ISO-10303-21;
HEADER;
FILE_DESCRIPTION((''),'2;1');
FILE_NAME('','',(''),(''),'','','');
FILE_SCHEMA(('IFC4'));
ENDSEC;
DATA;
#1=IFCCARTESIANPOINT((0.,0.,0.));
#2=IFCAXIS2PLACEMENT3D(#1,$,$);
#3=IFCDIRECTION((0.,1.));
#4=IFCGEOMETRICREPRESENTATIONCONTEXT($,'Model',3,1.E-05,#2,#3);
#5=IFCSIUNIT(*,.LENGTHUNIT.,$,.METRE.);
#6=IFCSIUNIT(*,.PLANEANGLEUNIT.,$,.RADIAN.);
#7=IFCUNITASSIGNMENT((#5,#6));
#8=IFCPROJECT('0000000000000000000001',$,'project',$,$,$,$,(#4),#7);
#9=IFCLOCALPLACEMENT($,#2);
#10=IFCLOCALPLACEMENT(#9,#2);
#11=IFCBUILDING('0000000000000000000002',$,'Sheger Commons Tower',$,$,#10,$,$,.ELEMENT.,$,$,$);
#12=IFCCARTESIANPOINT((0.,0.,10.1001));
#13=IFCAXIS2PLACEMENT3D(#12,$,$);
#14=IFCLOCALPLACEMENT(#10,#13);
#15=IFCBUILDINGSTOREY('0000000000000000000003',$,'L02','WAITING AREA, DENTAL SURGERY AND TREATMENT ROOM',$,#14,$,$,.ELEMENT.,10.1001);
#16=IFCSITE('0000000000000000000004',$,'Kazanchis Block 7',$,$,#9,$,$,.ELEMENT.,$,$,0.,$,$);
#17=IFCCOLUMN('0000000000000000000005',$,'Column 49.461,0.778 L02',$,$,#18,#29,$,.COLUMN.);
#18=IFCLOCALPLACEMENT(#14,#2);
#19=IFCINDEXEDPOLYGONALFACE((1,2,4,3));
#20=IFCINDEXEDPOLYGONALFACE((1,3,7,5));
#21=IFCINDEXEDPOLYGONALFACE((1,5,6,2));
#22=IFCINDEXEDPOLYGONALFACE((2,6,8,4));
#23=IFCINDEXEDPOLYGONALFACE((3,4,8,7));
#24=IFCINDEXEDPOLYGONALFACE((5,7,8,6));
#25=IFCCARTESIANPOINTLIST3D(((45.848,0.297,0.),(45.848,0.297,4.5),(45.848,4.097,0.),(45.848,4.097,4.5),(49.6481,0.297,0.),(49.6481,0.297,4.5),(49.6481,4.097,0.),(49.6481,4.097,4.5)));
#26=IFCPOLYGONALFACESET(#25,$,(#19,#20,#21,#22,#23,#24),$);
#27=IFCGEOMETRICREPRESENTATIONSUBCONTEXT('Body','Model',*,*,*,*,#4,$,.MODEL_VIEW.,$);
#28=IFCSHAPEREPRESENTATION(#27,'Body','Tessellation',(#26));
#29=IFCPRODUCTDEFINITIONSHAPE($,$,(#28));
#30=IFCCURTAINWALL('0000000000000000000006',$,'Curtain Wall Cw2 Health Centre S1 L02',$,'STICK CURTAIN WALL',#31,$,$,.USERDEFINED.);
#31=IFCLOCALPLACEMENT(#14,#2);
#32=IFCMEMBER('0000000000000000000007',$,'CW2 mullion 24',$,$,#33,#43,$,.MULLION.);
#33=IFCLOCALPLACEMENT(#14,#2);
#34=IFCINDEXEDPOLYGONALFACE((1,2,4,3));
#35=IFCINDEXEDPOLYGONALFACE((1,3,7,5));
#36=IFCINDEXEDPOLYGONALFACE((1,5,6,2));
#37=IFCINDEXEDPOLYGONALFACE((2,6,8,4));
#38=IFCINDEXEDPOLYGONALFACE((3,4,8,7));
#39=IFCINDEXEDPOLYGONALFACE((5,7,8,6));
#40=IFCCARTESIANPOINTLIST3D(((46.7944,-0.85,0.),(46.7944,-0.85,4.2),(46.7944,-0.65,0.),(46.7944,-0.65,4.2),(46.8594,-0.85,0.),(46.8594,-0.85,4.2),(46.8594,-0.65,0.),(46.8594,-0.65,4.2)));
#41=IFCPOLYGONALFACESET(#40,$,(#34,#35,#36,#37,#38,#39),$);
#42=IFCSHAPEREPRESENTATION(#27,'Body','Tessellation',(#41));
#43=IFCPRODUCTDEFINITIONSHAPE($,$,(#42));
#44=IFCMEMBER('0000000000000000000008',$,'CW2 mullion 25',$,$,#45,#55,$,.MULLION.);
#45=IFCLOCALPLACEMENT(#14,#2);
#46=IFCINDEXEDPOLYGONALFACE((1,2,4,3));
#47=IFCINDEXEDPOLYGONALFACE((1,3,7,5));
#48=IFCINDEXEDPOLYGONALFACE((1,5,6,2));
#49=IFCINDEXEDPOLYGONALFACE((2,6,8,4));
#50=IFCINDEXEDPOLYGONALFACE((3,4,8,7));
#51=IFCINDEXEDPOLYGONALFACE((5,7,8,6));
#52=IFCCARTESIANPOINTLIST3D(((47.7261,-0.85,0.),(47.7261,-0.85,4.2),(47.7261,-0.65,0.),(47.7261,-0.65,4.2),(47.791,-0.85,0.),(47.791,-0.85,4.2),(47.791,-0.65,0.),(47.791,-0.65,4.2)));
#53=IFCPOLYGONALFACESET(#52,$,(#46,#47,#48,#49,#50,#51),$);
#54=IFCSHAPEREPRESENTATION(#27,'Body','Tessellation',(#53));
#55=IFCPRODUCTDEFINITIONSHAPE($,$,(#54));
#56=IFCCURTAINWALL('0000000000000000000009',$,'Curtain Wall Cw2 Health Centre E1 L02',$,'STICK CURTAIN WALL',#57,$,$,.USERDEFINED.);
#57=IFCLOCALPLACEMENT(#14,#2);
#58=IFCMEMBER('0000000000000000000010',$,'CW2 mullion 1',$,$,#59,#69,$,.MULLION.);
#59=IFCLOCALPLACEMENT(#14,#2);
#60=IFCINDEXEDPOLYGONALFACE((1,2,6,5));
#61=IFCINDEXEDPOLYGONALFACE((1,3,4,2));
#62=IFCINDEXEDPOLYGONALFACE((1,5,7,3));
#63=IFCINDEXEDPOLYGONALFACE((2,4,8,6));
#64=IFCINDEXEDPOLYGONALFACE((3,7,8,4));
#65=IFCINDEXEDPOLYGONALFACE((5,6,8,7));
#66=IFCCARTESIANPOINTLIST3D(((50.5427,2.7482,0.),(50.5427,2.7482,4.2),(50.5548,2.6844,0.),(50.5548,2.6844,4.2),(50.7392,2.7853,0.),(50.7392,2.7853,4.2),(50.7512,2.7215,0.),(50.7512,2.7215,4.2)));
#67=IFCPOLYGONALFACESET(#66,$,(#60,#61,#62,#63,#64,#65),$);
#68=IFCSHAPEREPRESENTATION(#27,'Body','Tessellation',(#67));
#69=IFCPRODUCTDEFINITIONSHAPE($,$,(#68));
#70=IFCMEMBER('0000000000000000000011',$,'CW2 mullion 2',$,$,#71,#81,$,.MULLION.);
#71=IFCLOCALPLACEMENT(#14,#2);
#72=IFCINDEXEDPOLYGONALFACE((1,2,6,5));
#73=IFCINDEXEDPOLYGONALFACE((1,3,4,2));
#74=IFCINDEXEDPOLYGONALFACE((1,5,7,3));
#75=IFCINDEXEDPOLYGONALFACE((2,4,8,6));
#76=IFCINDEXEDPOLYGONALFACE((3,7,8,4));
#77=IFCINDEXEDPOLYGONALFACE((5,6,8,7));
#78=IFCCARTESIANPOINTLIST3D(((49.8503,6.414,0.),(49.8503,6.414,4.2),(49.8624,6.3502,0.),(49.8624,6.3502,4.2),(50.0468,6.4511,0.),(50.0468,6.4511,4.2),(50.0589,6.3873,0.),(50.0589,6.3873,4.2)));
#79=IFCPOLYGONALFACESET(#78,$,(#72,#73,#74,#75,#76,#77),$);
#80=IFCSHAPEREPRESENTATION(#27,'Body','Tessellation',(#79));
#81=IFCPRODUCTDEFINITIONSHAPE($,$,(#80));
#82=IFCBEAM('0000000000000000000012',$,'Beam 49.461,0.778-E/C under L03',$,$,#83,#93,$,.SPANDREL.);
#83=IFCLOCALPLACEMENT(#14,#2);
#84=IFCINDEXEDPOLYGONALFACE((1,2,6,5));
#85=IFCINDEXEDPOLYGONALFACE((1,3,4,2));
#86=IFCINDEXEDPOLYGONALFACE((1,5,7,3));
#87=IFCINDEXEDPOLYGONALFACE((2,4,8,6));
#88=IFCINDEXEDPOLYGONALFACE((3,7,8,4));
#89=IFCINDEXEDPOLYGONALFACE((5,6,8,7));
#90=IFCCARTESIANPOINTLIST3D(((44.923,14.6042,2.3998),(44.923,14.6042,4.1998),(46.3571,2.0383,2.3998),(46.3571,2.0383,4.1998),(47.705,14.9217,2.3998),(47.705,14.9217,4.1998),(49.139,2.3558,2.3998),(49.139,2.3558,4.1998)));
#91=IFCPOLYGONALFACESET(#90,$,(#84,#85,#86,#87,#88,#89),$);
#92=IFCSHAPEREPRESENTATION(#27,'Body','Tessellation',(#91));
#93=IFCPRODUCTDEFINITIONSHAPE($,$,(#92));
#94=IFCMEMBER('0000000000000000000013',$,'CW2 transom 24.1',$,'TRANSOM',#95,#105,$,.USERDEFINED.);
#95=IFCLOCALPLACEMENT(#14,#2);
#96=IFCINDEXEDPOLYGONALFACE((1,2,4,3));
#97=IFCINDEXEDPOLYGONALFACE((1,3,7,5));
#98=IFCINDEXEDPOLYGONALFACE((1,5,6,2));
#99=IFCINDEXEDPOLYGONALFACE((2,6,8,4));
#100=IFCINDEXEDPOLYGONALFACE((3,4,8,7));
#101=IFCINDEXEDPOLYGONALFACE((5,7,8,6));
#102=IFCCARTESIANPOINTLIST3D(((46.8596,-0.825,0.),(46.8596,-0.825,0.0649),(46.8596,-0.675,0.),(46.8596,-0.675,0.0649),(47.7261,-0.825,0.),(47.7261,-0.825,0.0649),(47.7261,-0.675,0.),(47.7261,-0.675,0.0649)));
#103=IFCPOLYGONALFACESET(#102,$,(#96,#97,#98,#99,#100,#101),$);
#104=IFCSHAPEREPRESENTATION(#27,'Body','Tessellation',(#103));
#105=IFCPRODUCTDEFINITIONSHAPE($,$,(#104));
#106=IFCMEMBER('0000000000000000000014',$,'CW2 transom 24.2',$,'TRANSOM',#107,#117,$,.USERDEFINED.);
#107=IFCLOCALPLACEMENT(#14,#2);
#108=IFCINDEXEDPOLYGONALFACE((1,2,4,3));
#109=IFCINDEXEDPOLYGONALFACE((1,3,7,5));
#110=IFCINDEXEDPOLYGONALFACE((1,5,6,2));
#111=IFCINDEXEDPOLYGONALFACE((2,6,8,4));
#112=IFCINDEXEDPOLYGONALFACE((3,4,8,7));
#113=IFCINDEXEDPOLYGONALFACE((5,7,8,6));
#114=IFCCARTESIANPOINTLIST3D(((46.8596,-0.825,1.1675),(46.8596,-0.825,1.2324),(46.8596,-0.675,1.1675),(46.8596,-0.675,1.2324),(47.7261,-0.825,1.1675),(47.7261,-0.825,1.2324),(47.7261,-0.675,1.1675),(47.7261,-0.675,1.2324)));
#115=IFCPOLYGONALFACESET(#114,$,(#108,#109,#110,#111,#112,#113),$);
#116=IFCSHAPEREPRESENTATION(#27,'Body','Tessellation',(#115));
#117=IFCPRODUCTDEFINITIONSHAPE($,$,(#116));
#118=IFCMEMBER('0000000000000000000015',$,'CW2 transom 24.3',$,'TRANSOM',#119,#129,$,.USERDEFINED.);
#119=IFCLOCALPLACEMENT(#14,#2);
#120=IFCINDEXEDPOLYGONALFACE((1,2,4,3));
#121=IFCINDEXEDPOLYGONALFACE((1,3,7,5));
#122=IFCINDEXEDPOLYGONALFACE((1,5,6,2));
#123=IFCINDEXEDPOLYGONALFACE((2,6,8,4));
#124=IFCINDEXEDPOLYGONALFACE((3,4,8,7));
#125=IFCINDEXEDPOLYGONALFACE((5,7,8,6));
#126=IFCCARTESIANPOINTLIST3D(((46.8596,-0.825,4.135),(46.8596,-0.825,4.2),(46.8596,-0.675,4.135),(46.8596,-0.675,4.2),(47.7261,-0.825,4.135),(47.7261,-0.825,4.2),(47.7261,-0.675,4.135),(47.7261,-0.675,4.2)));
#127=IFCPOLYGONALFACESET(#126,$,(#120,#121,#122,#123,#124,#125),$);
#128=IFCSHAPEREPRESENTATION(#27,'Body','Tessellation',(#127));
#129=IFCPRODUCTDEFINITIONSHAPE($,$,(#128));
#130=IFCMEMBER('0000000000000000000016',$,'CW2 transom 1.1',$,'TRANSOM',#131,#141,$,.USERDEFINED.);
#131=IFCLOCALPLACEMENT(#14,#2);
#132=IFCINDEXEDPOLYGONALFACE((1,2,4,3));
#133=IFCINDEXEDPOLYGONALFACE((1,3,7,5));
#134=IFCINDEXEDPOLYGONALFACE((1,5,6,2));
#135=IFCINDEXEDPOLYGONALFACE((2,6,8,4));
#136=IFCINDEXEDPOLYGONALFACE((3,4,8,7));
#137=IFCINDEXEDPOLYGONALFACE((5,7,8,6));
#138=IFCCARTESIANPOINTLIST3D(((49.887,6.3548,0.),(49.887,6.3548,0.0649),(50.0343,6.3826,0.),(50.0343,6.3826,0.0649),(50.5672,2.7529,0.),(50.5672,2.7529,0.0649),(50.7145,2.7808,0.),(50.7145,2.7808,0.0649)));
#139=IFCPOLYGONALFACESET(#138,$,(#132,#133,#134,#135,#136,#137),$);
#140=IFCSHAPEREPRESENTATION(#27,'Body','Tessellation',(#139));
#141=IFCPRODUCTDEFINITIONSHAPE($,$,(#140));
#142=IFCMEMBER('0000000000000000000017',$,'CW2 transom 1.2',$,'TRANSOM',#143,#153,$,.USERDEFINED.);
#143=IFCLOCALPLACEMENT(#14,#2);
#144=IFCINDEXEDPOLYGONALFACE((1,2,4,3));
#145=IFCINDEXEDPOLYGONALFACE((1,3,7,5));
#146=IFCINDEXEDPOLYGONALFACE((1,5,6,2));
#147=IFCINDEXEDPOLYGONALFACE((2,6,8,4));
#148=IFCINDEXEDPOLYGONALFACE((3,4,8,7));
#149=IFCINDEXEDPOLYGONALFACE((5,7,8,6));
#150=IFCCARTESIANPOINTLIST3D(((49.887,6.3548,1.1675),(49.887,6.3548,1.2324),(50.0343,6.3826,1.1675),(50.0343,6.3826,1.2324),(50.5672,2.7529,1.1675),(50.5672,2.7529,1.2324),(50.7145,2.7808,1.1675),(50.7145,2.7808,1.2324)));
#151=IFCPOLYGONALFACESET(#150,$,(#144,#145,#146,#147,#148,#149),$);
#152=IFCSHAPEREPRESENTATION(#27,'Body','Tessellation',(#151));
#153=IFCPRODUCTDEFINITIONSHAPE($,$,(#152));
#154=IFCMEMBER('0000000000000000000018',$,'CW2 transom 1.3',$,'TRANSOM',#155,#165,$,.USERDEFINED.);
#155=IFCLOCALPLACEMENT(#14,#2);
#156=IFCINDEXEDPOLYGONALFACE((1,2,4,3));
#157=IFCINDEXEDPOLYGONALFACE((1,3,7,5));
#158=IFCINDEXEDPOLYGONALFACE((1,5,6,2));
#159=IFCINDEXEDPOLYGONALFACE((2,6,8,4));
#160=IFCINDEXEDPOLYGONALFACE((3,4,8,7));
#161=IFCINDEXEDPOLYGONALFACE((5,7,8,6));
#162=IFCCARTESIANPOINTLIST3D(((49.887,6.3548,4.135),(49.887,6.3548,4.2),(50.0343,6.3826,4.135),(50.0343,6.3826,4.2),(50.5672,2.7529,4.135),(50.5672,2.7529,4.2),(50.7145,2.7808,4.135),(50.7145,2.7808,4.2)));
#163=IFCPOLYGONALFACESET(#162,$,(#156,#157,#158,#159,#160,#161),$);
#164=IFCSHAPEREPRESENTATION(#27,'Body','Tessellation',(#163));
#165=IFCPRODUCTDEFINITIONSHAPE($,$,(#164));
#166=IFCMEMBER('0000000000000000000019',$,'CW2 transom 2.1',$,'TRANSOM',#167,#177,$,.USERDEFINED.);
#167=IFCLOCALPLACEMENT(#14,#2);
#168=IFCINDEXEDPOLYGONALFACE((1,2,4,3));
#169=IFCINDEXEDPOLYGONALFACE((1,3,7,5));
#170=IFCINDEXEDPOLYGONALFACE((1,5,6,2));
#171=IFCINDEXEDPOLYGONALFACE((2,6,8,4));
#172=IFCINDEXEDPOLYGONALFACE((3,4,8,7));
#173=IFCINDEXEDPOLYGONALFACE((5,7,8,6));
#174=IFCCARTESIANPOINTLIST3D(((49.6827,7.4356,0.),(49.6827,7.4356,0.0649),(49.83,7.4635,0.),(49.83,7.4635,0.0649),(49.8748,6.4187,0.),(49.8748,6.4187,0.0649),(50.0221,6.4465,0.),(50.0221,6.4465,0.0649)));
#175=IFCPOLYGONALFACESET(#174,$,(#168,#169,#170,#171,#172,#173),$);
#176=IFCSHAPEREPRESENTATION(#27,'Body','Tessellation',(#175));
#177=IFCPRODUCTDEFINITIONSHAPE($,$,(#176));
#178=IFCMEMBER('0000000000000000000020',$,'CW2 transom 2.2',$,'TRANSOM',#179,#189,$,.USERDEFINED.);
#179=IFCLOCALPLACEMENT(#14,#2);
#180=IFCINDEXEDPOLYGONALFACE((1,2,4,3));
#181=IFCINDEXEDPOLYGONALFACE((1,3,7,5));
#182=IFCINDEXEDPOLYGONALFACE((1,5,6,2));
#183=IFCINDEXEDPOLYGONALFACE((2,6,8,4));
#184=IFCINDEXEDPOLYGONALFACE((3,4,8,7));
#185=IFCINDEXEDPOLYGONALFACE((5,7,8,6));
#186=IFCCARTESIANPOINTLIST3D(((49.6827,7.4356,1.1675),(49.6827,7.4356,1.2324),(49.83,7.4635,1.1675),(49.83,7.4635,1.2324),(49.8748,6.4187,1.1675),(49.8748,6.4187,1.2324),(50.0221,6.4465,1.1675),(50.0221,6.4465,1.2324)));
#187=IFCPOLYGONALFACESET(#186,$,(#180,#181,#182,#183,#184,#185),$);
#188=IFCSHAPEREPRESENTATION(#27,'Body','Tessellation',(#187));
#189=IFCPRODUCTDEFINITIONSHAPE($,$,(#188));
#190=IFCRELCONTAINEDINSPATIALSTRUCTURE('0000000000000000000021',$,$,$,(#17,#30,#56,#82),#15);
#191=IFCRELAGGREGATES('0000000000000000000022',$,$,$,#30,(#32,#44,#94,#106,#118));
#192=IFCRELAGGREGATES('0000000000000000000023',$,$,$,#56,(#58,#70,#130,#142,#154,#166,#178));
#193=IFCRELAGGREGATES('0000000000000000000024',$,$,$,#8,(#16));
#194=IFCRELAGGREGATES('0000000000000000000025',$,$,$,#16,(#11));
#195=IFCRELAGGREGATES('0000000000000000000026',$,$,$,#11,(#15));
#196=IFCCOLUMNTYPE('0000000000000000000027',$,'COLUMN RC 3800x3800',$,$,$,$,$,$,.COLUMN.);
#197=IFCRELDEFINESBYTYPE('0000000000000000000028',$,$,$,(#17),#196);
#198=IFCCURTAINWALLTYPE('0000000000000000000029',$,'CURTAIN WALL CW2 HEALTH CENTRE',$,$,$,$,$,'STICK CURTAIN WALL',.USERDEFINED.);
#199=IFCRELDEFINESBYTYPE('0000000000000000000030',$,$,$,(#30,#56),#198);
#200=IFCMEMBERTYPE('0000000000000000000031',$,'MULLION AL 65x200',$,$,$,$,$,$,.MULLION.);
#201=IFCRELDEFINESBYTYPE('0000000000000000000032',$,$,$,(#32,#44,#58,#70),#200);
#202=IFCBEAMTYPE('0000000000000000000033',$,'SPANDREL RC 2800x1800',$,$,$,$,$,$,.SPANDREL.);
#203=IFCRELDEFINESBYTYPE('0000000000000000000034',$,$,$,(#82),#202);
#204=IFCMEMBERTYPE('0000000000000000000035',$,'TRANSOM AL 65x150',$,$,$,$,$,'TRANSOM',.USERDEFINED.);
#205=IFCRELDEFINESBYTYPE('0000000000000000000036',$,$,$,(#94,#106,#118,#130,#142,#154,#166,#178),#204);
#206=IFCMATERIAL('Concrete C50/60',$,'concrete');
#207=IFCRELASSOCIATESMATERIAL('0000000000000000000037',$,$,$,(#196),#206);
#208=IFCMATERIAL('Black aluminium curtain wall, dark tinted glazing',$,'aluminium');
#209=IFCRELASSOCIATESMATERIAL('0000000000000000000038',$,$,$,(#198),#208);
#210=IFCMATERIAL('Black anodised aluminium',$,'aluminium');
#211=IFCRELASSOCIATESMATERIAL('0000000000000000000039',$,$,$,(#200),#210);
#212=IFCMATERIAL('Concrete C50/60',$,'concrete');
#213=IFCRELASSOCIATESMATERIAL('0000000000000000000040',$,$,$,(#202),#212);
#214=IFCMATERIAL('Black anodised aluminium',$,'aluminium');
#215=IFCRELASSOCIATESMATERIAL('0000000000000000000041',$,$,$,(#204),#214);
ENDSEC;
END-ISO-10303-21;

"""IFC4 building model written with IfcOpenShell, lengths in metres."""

from ifc_helpers import new_model, si_unit, direction, frame, origin, origin_2d, place, context, subcontext, project, spatial, rectangle, extrude, material, material_profile, profile_set, type_object, element, aggregate, save


model = new_model("IFC4")

# Units and contexts
model_context = context("Model", 3, precision=1e-05, world=origin(), true_north=direction((0.0, 1.0)))
body_context = subcontext(model_context, "Body", "Model", "MODEL_VIEW")
ifc_project = project(units=[si_unit("LENGTHUNIT", "METRE"), si_unit("PLANEANGLEUNIT", "RADIAN")], contexts=[model_context])

# Site, building, storey
site_placement = place(None, origin())
site = spatial("IfcSite", under=ifc_project, at=site_placement, Name="Kazanchis Block 7", CompositionType="ELEMENT", RefElevation=0.0)
building_placement = place(site_placement, origin())
building = spatial("IfcBuilding", under=site, at=building_placement, Name="Sheger Commons Tower", CompositionType="ELEMENT")
storey_placement = place(building_placement, frame((0.0, 0.0, 10.1001)))
storey = spatial("IfcBuildingStorey", under=building, at=storey_placement, Name="L02", Description="WAITING AREA, DENTAL SURGERY AND TREATMENT ROOM", CompositionType="ELEMENT", Elevation=10.1001)

# Column
ifc_material_1 = material(Name="Concrete C50/60", Category="concrete")
ifc_material_profile_1 = material_profile(ifc_material_1, rectangle(XDim=3.8, YDim=3.8, at=origin_2d()), Name="RC 3800x3800")
ifc_profile_set_1 = profile_set([ifc_material_profile_1], Name="Concrete C50/60")
column_type = type_object("IfcColumnType", Name="COLUMN RC 3800x3800", PredefinedType="COLUMN", material=ifc_profile_set_1)
column_placement = place(storey_placement, frame((47.748, 2.197, 0.0), z_axis=(0.0, 0.0, 1.0), x_axis=(1.0, 0.0, 0.0)))
element("IfcColumn", 1, at=column_placement, inside=storey, type_object=column_type, Name="Column 49.461,0.778 L02", PredefinedType="COLUMN", context=body_context, shape_type="SweptSolid", body=[
    extrude(rectangle(XDim=3.8, YDim=3.8, at=origin_2d()), origin(), (0.0, 0.0, 1.0), 4.5),
])

# Curtain walls, members
ifc_material_2 = material(Name="Black aluminium curtain wall, dark tinted glazing", Category="aluminium")
curtain_wall_type = type_object("IfcCurtainWallType", Name="CURTAIN WALL CW2 HEALTH CENTRE", ElementType="STICK CURTAIN WALL", PredefinedType="USERDEFINED", material=ifc_material_2)
curtain_wall_1_placement = place(storey_placement, origin())
curtain_wall_1 = element("IfcCurtainWall", 2, at=curtain_wall_1_placement, inside=storey, type_object=curtain_wall_type, Name="Curtain Wall Cw2 Health Centre S1 L02", ObjectType="STICK CURTAIN WALL", PredefinedType="USERDEFINED")
ifc_material_3 = material(Name="Black anodised aluminium", Category="aluminium")
ifc_material_profile_2 = material_profile(ifc_material_3, rectangle(XDim=0.2, YDim=0.0649, at=origin_2d()), Name="AL 65x200")
ifc_profile_set_2 = profile_set([ifc_material_profile_2], Name="Black anodised aluminium")
member_type_1 = type_object("IfcMemberType", Name="MULLION AL 65x200", PredefinedType="MULLION", material=ifc_profile_set_2)
member_1_placement = place(storey_placement, frame((46.8269, -0.75, 0.0), z_axis=(0.0, 0.0, 1.0), x_axis=(0.0, 1.0, 0.0)))
member_1 = element("IfcMember", 3, at=member_1_placement, type_object=member_type_1, Name="CW2 mullion 24", PredefinedType="MULLION", context=body_context, shape_type="SweptSolid", body=[
    extrude(rectangle(XDim=0.2, YDim=0.0649, at=origin_2d()), origin(), (0.0, 0.0, 1.0), 4.2),
])
member_2_placement = place(storey_placement, frame((47.7585, -0.75, 0.0), z_axis=(0.0, 0.0, 1.0), x_axis=(0.0, 1.0, 0.0)))
member_2 = element("IfcMember", 4, at=member_2_placement, type_object=member_type_1, Name="CW2 mullion 25", PredefinedType="MULLION", context=body_context, shape_type="SweptSolid", body=[
    extrude(rectangle(XDim=0.2, YDim=0.0649, at=origin_2d()), origin(), (0.0, 0.0, 1.0), 4.2),
])
curtain_wall_2_placement = place(storey_placement, origin())
curtain_wall_2 = element("IfcCurtainWall", 5, at=curtain_wall_2_placement, inside=storey, type_object=curtain_wall_type, Name="Curtain Wall Cw2 Health Centre E1 L02", ObjectType="STICK CURTAIN WALL", PredefinedType="USERDEFINED")
member_3_placement = place(storey_placement, frame((50.647, 2.7349, 0.0), z_axis=(0.0, 0.0, 1.0), x_axis=(-0.982624, -0.18561, 0.0)))
member_3 = element("IfcMember", 6, at=member_3_placement, type_object=member_type_1, Name="CW2 mullion 1", PredefinedType="MULLION", context=body_context, shape_type="SweptSolid", body=[
    extrude(rectangle(XDim=0.2, YDim=0.0649, at=origin_2d()), origin(), (0.0, 0.0, 1.0), 4.2),
])
member_4_placement = place(storey_placement, frame((49.9546, 6.4006, 0.0), z_axis=(0.0, 0.0, 1.0), x_axis=(-0.982624, -0.18561, 0.0)))
member_4 = element("IfcMember", 7, at=member_4_placement, type_object=member_type_1, Name="CW2 mullion 2", PredefinedType="MULLION", context=body_context, shape_type="SweptSolid", body=[
    extrude(rectangle(XDim=0.2, YDim=0.0649, at=origin_2d()), origin(), (0.0, 0.0, 1.0), 4.2),
])

# Beam
ifc_material_4 = material(Name="Concrete C50/60", Category="concrete")
ifc_material_profile_3 = material_profile(ifc_material_4, rectangle(XDim=2.8, YDim=1.8, at=origin_2d()), Name="RC 2800x1800")
ifc_profile_set_3 = profile_set([ifc_material_profile_3], Name="Concrete C50/60")
beam_type = type_object("IfcBeamType", Name="SPANDREL RC 2800x1800", PredefinedType="SPANDREL", material=ifc_profile_set_3)
beam_placement = place(storey_placement, frame((47.748, 2.197, 3.2998), z_axis=(-0.113389, 0.993551, 0.0), x_axis=(-0.993551, -0.113389, 0.0)))
element("IfcBeam", 8, at=beam_placement, inside=storey, type_object=beam_type, Name="Beam 49.461,0.778-E/C under L03", PredefinedType="SPANDREL", context=body_context, shape_type="SweptSolid", body=[
    extrude(rectangle(XDim=2.8, YDim=1.8, at=origin_2d()), origin(), (0.0, 0.0, 1.0), 12.6475),
])

# Members
ifc_material_5 = material(Name="Black anodised aluminium", Category="aluminium")
ifc_material_profile_4 = material_profile(ifc_material_5, rectangle(XDim=0.1499, YDim=0.0649, at=origin_2d()), Name="AL 65x150")
ifc_profile_set_4 = profile_set([ifc_material_profile_4], Name="Black anodised aluminium")
member_type_2 = type_object("IfcMemberType", Name="TRANSOM AL 65x150", ElementType="TRANSOM", PredefinedType="USERDEFINED", material=ifc_profile_set_4)
member_5_placement = place(storey_placement, frame((46.8596, -0.75, 0.0325), z_axis=(1.0, 0.0, 0.0), x_axis=(0.0, 1.0, 0.0)))
member_5 = element("IfcMember", 9, at=member_5_placement, type_object=member_type_2, Name="CW2 transom 24.1", ObjectType="TRANSOM", PredefinedType="USERDEFINED", context=body_context, shape_type="SweptSolid", body=[
    extrude(rectangle(XDim=0.1499, YDim=0.0649, at=origin_2d()), origin(), (0.0, 0.0, 1.0), 0.8665),
])
member_6_placement = place(storey_placement, frame((46.8596, -0.75, 1.2), z_axis=(1.0, 0.0, 0.0), x_axis=(0.0, 1.0, 0.0)))
member_6 = element("IfcMember", 10, at=member_6_placement, type_object=member_type_2, Name="CW2 transom 24.2", ObjectType="TRANSOM", PredefinedType="USERDEFINED", context=body_context, shape_type="SweptSolid", body=[
    extrude(rectangle(XDim=0.1499, YDim=0.0649, at=origin_2d()), origin(), (0.0, 0.0, 1.0), 0.8665),
])
member_7_placement = place(storey_placement, frame((46.8596, -0.75, 4.1675), z_axis=(1.0, 0.0, 0.0), x_axis=(0.0, 1.0, 0.0)))
member_7 = element("IfcMember", 11, at=member_7_placement, type_object=member_type_2, Name="CW2 transom 24.3", ObjectType="TRANSOM", PredefinedType="USERDEFINED", context=body_context, shape_type="SweptSolid", body=[
    extrude(rectangle(XDim=0.1499, YDim=0.0649, at=origin_2d()), origin(), (0.0, 0.0, 1.0), 0.8665),
])
member_8_placement = place(storey_placement, frame((50.6409, 2.7668, 0.0325), z_axis=(-0.185563, 0.982632, 0.0), x_axis=(-0.982632, -0.185563, 0.0)))
member_8 = element("IfcMember", 12, at=member_8_placement, type_object=member_type_2, Name="CW2 transom 1.1", ObjectType="TRANSOM", PredefinedType="USERDEFINED", context=body_context, shape_type="SweptSolid", body=[
    extrude(rectangle(XDim=0.1499, YDim=0.0649, at=origin_2d()), origin(), (0.0, 0.0, 1.0), 3.6655),
])
member_9_placement = place(storey_placement, frame((50.6409, 2.7668, 1.2), z_axis=(-0.185563, 0.982632, 0.0), x_axis=(-0.982632, -0.185563, 0.0)))
member_9 = element("IfcMember", 13, at=member_9_placement, type_object=member_type_2, Name="CW2 transom 1.2", ObjectType="TRANSOM", PredefinedType="USERDEFINED", context=body_context, shape_type="SweptSolid", body=[
    extrude(rectangle(XDim=0.1499, YDim=0.0649, at=origin_2d()), origin(), (0.0, 0.0, 1.0), 3.6655),
])
member_10_placement = place(storey_placement, frame((50.6409, 2.7668, 4.1675), z_axis=(-0.185563, 0.982632, 0.0), x_axis=(-0.982632, -0.185563, 0.0)))
member_10 = element("IfcMember", 14, at=member_10_placement, type_object=member_type_2, Name="CW2 transom 1.3", ObjectType="TRANSOM", PredefinedType="USERDEFINED", context=body_context, shape_type="SweptSolid", body=[
    extrude(rectangle(XDim=0.1499, YDim=0.0649, at=origin_2d()), origin(), (0.0, 0.0, 1.0), 3.6655),
])
member_11_placement = place(storey_placement, frame((49.9485, 6.4326, 0.0325), z_axis=(-0.18567, 0.982612, 0.0), x_axis=(-0.982612, -0.18567, 0.0)))
member_11 = element("IfcMember", 15, at=member_11_placement, type_object=member_type_2, Name="CW2 transom 2.1", ObjectType="TRANSOM", PredefinedType="USERDEFINED", context=body_context, shape_type="SweptSolid", body=[
    extrude(rectangle(XDim=0.1499, YDim=0.0649, at=origin_2d()), origin(), (0.0, 0.0, 1.0), 1.0349),
])
member_12_placement = place(storey_placement, frame((49.9485, 6.4326, 1.2), z_axis=(-0.18567, 0.982612, 0.0), x_axis=(-0.982612, -0.18567, 0.0)))
member_12 = element("IfcMember", 16, at=member_12_placement, type_object=member_type_2, Name="CW2 transom 2.2", ObjectType="TRANSOM", PredefinedType="USERDEFINED", context=body_context, shape_type="SweptSolid", body=[
    extrude(rectangle(XDim=0.1499, YDim=0.0649, at=origin_2d()), origin(), (0.0, 0.0, 1.0), 1.0349),
])

aggregate(curtain_wall_1, [member_1, member_2, member_5, member_6, member_7])
aggregate(curtain_wall_2, [member_3, member_4, member_8, member_9, member_10, member_11, member_12])

save(model, "model.ifc")
